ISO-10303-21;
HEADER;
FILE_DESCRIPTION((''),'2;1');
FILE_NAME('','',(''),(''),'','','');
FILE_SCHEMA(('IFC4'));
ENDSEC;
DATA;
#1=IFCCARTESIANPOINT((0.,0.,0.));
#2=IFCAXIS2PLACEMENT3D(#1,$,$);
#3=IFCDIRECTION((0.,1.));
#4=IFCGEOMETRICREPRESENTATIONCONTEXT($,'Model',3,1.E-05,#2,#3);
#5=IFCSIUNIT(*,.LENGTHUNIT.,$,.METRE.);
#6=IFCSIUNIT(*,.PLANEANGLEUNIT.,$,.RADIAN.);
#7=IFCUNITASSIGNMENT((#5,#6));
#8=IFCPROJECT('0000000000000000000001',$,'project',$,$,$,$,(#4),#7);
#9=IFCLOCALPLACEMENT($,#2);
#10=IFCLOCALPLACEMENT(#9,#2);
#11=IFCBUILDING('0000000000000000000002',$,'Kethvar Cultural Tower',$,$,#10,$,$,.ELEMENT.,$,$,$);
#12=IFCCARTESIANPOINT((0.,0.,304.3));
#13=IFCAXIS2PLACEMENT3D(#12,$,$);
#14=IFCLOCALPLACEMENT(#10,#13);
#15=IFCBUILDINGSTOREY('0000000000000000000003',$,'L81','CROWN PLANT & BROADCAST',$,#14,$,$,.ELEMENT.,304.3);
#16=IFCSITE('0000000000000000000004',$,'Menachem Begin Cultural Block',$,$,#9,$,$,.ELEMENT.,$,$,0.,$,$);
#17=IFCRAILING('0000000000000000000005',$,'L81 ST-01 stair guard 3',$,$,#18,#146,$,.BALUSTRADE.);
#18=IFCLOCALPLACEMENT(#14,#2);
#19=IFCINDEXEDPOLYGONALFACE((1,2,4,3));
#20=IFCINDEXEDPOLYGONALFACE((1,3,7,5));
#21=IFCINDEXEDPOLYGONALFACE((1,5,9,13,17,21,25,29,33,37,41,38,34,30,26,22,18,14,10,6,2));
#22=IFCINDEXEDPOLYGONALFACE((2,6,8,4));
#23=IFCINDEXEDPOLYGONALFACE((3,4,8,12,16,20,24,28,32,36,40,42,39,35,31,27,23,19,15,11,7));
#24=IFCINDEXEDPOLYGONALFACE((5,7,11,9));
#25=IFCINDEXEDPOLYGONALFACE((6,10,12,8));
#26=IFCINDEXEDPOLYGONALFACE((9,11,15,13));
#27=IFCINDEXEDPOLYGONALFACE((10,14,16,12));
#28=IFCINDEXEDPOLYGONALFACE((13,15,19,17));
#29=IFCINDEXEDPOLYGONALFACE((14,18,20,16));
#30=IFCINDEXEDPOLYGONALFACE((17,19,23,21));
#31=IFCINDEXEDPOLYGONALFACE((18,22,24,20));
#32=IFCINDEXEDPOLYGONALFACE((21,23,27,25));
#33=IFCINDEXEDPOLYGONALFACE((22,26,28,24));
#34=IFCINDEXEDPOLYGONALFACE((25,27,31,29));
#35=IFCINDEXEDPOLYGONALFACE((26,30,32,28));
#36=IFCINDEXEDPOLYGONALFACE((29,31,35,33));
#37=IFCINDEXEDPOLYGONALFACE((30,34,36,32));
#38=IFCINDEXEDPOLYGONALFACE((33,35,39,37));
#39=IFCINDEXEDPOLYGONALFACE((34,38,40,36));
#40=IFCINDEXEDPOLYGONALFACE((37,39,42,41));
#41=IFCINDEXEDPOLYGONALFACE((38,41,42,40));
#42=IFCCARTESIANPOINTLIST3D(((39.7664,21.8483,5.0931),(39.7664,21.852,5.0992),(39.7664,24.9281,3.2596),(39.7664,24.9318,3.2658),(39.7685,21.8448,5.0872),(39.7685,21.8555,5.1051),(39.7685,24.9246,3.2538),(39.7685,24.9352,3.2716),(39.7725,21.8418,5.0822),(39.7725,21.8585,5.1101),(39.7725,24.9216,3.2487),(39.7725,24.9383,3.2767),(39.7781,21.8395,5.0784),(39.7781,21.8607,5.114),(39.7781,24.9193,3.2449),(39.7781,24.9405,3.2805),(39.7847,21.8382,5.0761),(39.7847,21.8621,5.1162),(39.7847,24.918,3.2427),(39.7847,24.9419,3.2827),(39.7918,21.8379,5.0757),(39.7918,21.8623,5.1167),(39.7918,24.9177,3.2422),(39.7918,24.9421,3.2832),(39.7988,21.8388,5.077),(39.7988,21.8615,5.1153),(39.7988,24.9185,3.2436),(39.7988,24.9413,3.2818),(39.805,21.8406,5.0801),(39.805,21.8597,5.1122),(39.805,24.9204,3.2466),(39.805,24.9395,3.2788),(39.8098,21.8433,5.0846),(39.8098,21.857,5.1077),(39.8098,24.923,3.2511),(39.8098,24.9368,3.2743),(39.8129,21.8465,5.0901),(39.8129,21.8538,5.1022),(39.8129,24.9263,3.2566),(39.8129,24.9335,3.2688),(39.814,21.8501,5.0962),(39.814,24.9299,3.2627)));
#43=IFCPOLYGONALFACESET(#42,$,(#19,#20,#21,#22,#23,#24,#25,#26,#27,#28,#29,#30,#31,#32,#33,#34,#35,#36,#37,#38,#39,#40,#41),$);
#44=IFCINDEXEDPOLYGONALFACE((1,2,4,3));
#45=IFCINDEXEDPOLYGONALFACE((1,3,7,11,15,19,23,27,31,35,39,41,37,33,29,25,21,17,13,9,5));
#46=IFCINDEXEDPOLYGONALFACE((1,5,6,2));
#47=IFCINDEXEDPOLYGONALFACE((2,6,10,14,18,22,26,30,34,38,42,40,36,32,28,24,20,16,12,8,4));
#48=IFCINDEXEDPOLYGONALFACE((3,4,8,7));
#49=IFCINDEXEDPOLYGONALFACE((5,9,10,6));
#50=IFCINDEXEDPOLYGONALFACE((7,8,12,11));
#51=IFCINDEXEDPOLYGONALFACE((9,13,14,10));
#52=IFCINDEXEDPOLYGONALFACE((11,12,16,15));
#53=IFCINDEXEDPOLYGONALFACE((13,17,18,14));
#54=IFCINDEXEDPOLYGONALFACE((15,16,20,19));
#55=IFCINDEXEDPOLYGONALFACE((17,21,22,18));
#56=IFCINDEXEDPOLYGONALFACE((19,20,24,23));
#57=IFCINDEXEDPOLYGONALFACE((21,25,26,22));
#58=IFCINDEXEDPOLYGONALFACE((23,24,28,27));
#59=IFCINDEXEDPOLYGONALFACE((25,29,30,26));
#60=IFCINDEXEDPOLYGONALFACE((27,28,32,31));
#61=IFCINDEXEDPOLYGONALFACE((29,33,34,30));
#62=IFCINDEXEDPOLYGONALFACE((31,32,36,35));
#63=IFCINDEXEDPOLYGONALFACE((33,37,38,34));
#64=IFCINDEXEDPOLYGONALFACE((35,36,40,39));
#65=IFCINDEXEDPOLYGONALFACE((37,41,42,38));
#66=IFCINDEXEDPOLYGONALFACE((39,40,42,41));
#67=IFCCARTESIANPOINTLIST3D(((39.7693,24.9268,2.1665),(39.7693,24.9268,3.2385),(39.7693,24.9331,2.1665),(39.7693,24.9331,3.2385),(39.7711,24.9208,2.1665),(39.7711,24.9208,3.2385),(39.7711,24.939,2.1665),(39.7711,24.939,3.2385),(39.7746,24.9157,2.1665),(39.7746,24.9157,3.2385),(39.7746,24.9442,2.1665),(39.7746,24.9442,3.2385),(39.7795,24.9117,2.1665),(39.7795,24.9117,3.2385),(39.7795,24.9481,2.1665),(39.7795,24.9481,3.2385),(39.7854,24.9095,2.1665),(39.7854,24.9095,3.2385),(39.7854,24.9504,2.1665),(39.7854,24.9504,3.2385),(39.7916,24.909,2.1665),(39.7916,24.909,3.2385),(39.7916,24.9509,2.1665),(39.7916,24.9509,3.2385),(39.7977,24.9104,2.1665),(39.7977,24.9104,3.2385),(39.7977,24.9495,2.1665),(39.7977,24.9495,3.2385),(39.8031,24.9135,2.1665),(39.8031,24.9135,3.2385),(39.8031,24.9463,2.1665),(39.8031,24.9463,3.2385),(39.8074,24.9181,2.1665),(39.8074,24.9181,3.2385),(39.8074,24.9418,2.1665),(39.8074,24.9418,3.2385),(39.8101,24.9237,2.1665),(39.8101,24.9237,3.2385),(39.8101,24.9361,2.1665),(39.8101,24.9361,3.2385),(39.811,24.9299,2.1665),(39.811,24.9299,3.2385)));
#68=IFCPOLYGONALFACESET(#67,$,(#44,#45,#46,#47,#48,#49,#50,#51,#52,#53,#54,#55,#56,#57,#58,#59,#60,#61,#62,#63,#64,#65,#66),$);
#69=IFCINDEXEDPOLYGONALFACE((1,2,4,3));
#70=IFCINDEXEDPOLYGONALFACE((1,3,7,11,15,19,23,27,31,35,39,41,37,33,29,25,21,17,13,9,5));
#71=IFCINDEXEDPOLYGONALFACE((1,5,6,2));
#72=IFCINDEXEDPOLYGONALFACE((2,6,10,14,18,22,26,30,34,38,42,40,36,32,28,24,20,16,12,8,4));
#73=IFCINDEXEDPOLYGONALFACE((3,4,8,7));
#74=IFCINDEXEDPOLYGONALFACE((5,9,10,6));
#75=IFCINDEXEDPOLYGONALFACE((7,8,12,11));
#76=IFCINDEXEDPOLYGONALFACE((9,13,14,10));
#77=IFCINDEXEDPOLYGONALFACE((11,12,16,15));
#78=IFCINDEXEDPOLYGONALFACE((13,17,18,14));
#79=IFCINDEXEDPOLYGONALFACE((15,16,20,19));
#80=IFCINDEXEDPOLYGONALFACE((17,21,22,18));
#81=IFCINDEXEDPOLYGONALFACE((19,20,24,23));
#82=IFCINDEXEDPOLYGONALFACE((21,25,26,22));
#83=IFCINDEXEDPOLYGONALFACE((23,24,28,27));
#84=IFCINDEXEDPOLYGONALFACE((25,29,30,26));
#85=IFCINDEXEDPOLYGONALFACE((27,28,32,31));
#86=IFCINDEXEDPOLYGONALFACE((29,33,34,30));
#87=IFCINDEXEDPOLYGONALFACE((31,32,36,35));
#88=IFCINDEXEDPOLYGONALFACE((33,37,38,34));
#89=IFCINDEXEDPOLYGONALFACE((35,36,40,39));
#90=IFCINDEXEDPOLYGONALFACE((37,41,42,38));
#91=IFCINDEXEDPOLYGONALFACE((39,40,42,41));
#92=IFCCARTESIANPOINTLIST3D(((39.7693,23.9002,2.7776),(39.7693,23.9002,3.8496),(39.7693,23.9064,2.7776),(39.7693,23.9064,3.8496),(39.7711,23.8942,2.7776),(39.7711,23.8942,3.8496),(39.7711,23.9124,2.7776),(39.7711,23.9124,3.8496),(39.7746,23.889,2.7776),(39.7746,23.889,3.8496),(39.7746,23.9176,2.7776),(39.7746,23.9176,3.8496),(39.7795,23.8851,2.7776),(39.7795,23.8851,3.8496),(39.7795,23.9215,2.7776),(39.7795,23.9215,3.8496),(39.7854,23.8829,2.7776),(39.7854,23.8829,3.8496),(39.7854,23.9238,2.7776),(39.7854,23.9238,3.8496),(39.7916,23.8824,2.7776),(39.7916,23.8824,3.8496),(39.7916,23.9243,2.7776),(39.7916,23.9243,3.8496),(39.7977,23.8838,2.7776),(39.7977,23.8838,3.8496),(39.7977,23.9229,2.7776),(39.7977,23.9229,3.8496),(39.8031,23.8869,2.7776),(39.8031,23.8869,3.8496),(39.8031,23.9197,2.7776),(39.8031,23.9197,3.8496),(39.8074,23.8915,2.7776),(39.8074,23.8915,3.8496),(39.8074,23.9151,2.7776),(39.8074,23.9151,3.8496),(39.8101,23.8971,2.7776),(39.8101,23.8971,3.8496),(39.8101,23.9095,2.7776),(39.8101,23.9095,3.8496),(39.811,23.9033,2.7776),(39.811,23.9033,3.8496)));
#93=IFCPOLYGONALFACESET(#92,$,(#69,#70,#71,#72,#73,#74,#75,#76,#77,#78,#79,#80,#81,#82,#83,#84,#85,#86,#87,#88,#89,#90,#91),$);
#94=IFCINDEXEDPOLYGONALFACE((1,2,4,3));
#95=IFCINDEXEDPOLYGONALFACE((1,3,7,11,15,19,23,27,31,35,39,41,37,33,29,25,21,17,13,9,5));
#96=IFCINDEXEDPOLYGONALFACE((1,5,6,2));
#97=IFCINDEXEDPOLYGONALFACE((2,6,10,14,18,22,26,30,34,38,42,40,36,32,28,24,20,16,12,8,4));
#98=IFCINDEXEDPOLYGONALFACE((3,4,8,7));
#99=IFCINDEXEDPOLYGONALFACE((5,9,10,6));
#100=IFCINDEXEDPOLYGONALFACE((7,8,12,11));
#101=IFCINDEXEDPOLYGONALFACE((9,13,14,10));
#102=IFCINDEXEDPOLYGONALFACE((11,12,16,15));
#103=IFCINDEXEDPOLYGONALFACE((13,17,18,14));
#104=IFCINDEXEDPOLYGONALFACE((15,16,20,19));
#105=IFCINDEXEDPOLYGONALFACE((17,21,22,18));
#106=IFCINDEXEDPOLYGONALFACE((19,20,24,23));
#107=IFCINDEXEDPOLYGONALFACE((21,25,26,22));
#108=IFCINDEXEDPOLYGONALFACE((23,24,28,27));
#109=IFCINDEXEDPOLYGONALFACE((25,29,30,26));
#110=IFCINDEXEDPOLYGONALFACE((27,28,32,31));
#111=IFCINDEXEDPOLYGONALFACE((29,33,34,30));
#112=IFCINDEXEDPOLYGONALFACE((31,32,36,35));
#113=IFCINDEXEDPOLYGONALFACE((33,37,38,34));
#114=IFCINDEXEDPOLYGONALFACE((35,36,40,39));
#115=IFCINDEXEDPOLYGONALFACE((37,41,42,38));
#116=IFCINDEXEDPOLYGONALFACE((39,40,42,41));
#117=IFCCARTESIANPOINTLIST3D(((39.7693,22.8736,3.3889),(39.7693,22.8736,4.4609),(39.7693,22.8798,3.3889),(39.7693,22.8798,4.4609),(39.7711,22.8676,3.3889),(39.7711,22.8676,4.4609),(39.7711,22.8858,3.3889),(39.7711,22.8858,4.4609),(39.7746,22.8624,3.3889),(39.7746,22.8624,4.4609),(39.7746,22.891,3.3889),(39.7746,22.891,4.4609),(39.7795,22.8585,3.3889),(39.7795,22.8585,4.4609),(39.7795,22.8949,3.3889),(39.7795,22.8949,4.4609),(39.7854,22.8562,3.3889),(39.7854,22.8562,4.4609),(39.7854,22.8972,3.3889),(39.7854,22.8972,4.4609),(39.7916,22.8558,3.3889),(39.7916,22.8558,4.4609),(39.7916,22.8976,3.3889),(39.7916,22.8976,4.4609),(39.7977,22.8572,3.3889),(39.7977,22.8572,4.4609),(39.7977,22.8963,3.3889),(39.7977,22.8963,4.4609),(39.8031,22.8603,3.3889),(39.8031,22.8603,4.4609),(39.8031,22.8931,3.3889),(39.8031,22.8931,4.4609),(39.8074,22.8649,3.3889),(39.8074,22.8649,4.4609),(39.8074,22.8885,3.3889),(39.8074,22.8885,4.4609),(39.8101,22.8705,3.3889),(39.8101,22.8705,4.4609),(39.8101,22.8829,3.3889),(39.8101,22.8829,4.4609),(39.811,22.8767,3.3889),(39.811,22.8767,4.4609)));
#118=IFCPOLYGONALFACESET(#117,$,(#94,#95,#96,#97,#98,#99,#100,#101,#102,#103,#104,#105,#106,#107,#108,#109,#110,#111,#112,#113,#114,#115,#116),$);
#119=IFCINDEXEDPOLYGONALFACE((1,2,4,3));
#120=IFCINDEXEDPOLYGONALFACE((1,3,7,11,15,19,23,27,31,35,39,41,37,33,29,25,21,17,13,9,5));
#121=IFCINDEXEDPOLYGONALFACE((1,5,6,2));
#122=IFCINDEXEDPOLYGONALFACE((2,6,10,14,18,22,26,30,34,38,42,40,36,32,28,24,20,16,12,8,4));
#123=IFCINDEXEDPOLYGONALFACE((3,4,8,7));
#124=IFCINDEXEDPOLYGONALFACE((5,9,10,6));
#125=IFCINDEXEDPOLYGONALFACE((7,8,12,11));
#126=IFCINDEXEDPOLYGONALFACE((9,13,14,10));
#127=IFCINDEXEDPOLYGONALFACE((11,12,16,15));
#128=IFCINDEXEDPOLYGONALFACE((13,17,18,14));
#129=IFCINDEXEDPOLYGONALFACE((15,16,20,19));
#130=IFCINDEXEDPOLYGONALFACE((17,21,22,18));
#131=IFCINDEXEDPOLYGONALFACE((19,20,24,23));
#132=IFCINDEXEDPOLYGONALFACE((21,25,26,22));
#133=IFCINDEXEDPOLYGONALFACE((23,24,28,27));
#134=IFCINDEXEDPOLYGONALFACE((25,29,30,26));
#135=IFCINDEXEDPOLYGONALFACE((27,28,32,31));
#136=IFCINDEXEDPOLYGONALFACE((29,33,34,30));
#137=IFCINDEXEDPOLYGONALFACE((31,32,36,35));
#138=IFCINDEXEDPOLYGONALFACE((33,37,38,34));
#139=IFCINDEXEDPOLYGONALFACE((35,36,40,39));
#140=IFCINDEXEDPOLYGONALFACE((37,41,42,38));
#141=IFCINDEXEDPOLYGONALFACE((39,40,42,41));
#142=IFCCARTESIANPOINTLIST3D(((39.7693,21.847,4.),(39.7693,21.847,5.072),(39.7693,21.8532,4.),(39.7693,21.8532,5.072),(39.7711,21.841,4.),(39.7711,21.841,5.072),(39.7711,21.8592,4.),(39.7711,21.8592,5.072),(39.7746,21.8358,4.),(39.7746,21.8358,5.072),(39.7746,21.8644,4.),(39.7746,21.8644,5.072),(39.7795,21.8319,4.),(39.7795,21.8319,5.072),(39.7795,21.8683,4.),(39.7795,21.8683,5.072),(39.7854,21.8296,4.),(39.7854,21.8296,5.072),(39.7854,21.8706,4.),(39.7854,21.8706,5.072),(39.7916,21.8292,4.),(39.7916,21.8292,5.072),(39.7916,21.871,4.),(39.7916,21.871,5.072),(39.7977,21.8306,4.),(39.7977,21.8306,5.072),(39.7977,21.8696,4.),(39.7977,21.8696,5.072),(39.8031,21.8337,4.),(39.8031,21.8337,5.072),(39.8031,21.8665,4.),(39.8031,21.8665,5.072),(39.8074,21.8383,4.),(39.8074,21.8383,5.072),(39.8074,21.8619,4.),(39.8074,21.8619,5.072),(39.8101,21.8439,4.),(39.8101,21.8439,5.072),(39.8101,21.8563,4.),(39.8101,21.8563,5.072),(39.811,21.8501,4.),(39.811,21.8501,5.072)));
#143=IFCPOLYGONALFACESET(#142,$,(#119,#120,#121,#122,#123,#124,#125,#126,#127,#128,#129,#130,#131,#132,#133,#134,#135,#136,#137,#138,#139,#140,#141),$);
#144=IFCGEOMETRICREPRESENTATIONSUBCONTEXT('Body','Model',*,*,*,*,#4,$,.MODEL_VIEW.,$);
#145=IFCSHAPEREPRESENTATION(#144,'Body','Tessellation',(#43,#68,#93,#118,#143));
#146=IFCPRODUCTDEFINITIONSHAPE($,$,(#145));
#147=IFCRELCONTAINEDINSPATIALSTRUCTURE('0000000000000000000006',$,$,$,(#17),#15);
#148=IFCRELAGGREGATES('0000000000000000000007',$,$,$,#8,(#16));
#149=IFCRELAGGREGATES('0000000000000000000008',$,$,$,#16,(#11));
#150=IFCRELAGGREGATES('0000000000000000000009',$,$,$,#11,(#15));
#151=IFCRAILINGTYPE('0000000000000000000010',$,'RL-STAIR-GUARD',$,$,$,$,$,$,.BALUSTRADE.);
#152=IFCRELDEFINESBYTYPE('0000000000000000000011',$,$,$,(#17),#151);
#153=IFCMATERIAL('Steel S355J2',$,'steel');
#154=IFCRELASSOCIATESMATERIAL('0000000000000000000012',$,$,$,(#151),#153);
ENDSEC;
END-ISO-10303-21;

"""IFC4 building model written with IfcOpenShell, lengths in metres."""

from ifc_helpers import new_model, si_unit, direction, frame, origin, origin_2d, place, context, subcontext, project, spatial, circle, extrude, material, type_object, element, save


model = new_model("IFC4")

# Units and contexts
model_context = context("Model", 3, precision=1e-05, world=origin(), true_north=direction((0.0, 1.0)))
body_context = subcontext(model_context, "Body", "Model", "MODEL_VIEW")
ifc_project = project(units=[si_unit("LENGTHUNIT", "METRE"), si_unit("PLANEANGLEUNIT", "RADIAN")], contexts=[model_context])

# Site, building, storey
site_placement = place(None, origin())
site = spatial("IfcSite", under=ifc_project, at=site_placement, Name="Menachem Begin Cultural Block", CompositionType="ELEMENT", RefElevation=0.0)
building_placement = place(site_placement, origin())
building = spatial("IfcBuilding", under=site, at=building_placement, Name="Kethvar Cultural Tower", CompositionType="ELEMENT")
storey_placement = place(building_placement, frame((0.0, 0.0, 304.3)))
storey = spatial("IfcBuildingStorey", under=building, at=storey_placement, Name="L81", Description="CROWN PLANT & BROADCAST", CompositionType="ELEMENT", Elevation=304.3)

# Shared definitions
ifc_material_1 = material(Name="Steel S355J2", Category="steel")

# Railing
railing_type_1 = type_object("IfcRailingType", Name="RL-STAIR-GUARD", PredefinedType="BALUSTRADE", material=ifc_material_1)
railing_1_placement = place(storey_placement, frame((39.79, 24.9299, 2.1665)))
element("IfcRailing", 1, at=railing_1_placement, inside=storey, type_object=railing_type_1, Name="L81 ST-01 stair guard 3", PredefinedType="BALUSTRADE", context=body_context, shape_type="SweptSolid", body=[
    extrude(circle(Radius=0.0239, at=origin_2d()), frame((0.0, 0.0, 1.0962), z_axis=(0.0, -0.859261, 0.511538), x_axis=(1.0, 0.0, 0.0)), (0.0, 0.0, 1.0), 3.5842),
    extrude(circle(Radius=0.021, at=origin_2d()), origin(), (0.0, 0.0, 1.0), 1.072),
    extrude(circle(Radius=0.021, at=origin_2d()), frame((0.0, -1.0266, 0.6111)), (0.0, 0.0, 1.0), 1.072),
    extrude(circle(Radius=0.021, at=origin_2d()), frame((0.0, -2.0532, 1.2224)), (0.0, 0.0, 1.0), 1.072),
    extrude(circle(Radius=0.021, at=origin_2d()), frame((0.0, -3.0798, 1.8335)), (0.0, 0.0, 1.0), 1.072),
])

save(model, "model.ifc")
